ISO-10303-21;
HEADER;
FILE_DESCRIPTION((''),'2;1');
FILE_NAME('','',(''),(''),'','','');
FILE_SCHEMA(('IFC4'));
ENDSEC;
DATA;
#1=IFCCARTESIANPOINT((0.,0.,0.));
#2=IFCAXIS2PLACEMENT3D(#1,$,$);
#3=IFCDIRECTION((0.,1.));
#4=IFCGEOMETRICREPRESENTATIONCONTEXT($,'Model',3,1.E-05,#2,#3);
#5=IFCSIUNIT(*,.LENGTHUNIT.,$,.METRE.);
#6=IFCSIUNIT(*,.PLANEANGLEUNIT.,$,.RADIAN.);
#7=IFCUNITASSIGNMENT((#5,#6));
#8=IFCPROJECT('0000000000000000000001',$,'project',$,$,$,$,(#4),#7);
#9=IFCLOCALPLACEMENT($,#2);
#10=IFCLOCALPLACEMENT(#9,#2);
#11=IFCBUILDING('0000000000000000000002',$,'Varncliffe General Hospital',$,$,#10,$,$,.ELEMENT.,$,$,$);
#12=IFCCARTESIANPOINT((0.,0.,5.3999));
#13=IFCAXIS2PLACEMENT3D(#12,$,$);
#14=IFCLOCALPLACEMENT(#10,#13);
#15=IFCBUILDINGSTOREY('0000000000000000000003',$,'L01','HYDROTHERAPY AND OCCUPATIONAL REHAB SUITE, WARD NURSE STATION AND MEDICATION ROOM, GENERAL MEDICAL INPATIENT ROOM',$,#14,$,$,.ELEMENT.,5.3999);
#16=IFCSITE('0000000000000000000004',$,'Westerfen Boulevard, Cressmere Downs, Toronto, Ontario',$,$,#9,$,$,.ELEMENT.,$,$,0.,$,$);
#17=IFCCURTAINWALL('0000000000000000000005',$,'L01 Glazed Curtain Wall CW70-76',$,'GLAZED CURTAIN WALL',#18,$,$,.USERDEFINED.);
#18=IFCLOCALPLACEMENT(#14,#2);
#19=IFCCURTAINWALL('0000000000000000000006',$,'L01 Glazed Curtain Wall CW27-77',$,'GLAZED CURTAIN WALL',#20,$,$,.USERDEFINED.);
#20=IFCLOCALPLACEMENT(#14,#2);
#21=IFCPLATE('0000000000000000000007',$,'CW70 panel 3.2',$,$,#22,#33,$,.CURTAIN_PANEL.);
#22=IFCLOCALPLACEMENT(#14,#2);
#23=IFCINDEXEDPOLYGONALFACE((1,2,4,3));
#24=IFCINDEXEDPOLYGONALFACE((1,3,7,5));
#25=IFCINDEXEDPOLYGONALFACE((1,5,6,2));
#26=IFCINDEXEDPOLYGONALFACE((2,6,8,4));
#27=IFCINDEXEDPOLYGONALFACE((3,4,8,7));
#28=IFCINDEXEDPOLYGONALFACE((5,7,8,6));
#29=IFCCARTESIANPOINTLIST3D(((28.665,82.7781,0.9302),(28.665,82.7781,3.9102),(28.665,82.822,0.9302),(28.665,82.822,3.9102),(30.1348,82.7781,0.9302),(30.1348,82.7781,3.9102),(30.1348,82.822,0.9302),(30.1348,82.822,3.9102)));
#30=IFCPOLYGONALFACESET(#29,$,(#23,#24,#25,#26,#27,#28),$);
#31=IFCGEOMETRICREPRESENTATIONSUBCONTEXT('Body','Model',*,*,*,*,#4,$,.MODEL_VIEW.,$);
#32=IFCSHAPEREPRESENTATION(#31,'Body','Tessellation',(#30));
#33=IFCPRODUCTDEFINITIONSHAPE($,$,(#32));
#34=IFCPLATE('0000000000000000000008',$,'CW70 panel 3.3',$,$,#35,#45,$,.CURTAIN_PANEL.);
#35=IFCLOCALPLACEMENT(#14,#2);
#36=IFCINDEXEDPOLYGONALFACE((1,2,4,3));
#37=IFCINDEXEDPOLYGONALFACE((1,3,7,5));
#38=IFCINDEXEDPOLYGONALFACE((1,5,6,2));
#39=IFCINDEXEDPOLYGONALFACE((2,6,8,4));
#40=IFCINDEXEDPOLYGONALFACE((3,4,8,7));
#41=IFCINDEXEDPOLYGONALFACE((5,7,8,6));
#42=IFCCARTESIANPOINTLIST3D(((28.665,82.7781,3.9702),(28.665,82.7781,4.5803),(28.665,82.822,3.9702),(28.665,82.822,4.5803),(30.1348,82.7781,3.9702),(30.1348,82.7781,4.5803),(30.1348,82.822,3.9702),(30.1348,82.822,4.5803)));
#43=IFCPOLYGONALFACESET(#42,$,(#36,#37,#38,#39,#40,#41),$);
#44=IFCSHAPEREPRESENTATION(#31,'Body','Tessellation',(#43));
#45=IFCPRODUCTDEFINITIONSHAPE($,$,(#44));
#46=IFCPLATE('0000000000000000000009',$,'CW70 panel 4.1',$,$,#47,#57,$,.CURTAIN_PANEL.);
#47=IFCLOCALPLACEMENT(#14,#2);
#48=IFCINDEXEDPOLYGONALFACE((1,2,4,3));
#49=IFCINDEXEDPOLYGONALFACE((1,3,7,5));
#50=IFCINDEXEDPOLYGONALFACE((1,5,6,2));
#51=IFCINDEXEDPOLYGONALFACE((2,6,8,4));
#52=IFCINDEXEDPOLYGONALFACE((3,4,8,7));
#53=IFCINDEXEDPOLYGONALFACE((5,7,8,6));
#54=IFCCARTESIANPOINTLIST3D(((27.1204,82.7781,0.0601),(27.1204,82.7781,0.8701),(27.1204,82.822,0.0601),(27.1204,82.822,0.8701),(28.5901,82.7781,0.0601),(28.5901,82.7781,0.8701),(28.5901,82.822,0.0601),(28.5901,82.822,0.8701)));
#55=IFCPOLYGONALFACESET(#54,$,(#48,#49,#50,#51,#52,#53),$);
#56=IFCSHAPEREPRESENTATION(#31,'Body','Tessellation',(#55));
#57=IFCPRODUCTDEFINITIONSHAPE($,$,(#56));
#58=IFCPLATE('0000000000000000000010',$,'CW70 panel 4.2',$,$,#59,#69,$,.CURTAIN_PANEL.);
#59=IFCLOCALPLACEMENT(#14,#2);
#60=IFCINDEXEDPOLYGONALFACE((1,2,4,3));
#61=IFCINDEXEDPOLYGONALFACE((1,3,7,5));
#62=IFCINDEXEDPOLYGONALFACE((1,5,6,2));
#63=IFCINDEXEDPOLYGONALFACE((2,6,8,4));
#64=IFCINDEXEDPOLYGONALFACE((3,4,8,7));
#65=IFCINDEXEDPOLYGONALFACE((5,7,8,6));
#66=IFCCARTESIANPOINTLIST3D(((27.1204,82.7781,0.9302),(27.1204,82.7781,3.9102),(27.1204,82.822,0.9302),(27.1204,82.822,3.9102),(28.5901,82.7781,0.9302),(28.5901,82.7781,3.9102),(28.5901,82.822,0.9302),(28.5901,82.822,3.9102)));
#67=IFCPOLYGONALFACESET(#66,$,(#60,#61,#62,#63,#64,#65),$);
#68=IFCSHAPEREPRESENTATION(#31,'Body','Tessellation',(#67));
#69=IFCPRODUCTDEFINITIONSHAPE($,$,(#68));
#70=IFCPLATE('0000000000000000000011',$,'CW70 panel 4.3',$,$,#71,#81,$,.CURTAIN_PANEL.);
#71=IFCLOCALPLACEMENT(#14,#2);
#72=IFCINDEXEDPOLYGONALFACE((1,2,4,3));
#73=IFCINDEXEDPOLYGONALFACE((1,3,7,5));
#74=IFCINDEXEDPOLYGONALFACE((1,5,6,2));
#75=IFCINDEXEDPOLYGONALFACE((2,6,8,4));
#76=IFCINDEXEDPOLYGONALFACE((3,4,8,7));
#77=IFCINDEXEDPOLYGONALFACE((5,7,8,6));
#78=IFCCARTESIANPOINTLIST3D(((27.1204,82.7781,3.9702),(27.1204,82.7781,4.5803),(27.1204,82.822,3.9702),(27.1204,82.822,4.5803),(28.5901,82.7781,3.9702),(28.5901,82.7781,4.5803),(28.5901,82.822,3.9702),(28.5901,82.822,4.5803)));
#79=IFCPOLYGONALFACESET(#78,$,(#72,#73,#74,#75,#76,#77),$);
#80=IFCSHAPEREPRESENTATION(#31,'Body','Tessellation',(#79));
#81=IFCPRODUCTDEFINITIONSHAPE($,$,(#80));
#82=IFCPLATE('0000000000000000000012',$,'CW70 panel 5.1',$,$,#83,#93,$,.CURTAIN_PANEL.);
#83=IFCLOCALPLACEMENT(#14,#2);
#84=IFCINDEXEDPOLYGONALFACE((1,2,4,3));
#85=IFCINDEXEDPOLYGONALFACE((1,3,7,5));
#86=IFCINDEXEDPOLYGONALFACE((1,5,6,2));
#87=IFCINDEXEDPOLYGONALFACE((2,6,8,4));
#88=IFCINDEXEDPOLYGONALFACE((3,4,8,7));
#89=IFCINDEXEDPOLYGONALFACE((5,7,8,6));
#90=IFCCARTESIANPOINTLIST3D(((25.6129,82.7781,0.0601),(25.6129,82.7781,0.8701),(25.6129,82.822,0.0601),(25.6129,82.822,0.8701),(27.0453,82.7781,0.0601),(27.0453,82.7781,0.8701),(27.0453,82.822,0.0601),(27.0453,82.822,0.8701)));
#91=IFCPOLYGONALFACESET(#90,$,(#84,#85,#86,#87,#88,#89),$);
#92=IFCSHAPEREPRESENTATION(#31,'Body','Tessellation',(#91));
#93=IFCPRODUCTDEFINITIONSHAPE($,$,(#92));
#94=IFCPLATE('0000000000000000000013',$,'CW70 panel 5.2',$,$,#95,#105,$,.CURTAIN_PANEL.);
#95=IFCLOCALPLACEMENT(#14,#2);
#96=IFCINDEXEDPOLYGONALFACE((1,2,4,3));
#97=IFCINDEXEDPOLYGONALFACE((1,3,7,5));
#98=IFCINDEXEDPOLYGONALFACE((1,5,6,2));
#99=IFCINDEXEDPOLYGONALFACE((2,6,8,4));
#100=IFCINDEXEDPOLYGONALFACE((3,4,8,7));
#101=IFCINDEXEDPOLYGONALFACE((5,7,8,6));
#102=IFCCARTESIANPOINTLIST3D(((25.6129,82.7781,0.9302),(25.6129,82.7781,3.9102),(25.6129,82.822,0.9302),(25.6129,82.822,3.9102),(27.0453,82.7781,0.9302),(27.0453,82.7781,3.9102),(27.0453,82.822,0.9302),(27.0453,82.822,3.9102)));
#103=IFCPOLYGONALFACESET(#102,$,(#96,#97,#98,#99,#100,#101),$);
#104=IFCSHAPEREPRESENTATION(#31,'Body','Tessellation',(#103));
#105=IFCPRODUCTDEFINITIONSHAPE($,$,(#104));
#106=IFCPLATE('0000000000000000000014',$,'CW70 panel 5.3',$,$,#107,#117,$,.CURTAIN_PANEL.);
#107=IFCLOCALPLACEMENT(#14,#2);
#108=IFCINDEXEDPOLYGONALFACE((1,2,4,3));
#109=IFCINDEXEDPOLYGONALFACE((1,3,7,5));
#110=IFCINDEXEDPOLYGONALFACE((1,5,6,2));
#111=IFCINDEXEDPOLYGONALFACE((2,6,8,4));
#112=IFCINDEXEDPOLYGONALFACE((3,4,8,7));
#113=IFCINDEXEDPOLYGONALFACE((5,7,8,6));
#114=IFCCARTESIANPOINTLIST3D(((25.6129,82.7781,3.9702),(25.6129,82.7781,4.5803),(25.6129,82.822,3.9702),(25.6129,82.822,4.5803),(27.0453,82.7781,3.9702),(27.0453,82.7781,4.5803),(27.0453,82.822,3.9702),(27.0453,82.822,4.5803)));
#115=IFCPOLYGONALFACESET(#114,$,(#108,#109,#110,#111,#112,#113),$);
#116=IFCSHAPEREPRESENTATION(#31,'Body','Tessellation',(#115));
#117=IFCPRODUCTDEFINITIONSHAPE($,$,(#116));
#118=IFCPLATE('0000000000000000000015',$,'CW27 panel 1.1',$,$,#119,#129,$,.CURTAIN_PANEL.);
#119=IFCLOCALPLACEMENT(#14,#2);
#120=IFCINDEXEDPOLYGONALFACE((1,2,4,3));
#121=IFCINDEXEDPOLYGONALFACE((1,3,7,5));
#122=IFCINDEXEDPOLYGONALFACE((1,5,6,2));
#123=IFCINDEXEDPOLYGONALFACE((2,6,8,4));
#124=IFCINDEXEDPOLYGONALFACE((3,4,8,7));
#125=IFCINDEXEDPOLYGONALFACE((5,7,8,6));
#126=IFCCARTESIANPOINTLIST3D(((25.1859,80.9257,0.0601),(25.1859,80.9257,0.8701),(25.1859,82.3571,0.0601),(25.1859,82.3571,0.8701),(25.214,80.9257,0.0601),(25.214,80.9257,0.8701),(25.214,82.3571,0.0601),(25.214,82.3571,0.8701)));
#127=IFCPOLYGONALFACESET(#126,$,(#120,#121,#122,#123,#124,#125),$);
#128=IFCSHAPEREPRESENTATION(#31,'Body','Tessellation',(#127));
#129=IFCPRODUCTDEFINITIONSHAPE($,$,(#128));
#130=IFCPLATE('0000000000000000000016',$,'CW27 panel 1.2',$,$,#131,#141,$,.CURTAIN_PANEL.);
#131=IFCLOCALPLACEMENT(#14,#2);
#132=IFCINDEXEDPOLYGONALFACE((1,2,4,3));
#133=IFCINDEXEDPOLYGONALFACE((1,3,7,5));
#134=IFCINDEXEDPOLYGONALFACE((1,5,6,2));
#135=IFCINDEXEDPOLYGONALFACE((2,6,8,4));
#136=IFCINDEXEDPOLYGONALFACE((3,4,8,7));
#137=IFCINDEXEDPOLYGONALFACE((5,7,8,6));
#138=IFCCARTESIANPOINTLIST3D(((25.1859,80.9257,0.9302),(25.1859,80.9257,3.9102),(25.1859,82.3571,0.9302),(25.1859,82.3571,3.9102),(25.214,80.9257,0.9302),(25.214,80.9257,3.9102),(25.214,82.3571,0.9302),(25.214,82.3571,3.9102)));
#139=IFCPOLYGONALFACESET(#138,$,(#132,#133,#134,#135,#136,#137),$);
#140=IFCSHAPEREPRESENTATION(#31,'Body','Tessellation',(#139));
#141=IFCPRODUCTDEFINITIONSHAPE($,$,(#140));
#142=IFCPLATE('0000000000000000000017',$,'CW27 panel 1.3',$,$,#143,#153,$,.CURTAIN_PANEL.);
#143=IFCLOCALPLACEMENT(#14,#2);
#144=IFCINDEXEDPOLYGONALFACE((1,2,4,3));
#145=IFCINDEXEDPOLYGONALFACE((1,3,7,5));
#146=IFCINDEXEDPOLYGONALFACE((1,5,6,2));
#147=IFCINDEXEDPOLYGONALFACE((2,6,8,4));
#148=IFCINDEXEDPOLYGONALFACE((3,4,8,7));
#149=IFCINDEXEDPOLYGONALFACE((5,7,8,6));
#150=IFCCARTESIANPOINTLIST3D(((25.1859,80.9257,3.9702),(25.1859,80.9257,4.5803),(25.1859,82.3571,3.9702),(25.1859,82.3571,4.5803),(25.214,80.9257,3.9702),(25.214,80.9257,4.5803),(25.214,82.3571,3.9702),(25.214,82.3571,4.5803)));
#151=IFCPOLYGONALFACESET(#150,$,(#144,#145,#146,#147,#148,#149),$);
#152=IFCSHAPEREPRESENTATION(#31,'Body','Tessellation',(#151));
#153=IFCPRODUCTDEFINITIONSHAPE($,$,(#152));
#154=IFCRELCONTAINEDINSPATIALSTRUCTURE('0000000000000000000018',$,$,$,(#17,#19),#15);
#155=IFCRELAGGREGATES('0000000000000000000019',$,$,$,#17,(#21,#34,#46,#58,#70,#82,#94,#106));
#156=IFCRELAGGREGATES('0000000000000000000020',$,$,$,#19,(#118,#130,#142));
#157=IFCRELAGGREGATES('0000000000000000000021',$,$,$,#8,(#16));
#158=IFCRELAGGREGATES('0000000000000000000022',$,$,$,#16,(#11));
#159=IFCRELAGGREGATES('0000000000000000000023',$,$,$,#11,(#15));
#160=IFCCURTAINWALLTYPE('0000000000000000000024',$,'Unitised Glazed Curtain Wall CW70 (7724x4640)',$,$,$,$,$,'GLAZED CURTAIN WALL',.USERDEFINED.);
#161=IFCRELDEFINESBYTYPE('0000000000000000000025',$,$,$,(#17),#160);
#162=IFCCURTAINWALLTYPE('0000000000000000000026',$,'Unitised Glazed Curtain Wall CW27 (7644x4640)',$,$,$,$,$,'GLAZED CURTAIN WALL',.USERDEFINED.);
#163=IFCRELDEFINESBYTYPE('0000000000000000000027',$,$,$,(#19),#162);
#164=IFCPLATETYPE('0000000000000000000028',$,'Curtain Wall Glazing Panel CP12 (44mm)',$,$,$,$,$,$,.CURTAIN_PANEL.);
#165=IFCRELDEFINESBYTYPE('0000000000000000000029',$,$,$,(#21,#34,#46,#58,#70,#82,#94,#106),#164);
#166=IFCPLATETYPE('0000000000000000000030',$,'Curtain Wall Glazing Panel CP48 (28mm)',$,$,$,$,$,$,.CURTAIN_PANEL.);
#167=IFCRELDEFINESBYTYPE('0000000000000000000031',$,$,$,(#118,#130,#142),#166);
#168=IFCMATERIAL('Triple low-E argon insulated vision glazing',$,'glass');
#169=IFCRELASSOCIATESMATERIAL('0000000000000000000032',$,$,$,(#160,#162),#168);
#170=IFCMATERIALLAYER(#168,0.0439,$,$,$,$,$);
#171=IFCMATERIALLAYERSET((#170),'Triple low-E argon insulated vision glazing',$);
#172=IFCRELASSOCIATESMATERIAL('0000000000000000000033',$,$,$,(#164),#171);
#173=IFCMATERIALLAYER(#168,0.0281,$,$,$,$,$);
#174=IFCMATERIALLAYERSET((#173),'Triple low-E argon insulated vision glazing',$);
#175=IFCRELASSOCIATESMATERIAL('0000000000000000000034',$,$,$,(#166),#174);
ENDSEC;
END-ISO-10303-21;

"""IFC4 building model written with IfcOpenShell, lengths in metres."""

from ifc_helpers import new_model, si_unit, direction, frame, origin, origin_2d, place, context, subcontext, project, spatial, rectangle, extrude, material, layer, layer_set, type_object, element, aggregate, save


model = new_model("IFC4")

# Units and contexts
model_context = context("Model", 3, precision=1e-05, world=origin(), true_north=direction((0.0, 1.0)))
body_context = subcontext(model_context, "Body", "Model", "MODEL_VIEW")
ifc_project = project(units=[si_unit("LENGTHUNIT", "METRE"), si_unit("PLANEANGLEUNIT", "RADIAN")], contexts=[model_context])

# Site, building, storey
site_placement = place(None, origin())
site = spatial("IfcSite", under=ifc_project, at=site_placement, Name="Westerfen Boulevard, Cressmere Downs, Toronto, Ontario", CompositionType="ELEMENT", RefElevation=0.0)
building_placement = place(site_placement, origin())
building = spatial("IfcBuilding", under=site, at=building_placement, Name="Varncliffe General Hospital", CompositionType="ELEMENT")
storey_placement = place(building_placement, frame((0.0, 0.0, 5.3999)))
storey = spatial("IfcBuildingStorey", under=building, at=storey_placement, Name="L01", Description="HYDROTHERAPY AND OCCUPATIONAL REHAB SUITE, WARD NURSE STATION AND MEDICATION ROOM, GENERAL MEDICAL INPATIENT ROOM", CompositionType="ELEMENT", Elevation=5.3999)

# Curtain walls
ifc_material_1 = material(Name="Triple low-E argon insulated vision glazing", Category="glass")
curtain_wall_type_1 = type_object("IfcCurtainWallType", Name="Unitised Glazed Curtain Wall CW70 (7724x4640)", ElementType="GLAZED CURTAIN WALL", PredefinedType="USERDEFINED", material=ifc_material_1)
curtain_wall_1_placement = place(storey_placement, origin())
curtain_wall_1 = element("IfcCurtainWall", 1, at=curtain_wall_1_placement, inside=storey, type_object=curtain_wall_type_1, Name="L01 Glazed Curtain Wall CW70-76", ObjectType="GLAZED CURTAIN WALL", PredefinedType="USERDEFINED")
curtain_wall_type_2 = type_object("IfcCurtainWallType", Name="Unitised Glazed Curtain Wall CW27 (7644x4640)", ElementType="GLAZED CURTAIN WALL", PredefinedType="USERDEFINED", material=ifc_material_1)
curtain_wall_2_placement = place(storey_placement, origin())
curtain_wall_2 = element("IfcCurtainWall", 2, at=curtain_wall_2_placement, inside=storey, type_object=curtain_wall_type_2, Name="L01 Glazed Curtain Wall CW27-77", ObjectType="GLAZED CURTAIN WALL", PredefinedType="USERDEFINED")

# Plates
ifc_layer_1 = layer(ifc_material_1, 0.0439)
ifc_layer_set_1 = layer_set([ifc_layer_1], Name="Triple low-E argon insulated vision glazing")
plate_type_1 = type_object("IfcPlateType", Name="Curtain Wall Glazing Panel CP12 (44mm)", PredefinedType="CURTAIN_PANEL", material=ifc_layer_set_1)
plate_1_placement = place(storey_placement, frame((29.3999, 82.8, 0.9302), z_axis=(0.0, 0.0, 1.0), x_axis=(-1.0, 0.0, 0.0)))
plate_1 = element("IfcPlate", 3, at=plate_1_placement, type_object=plate_type_1, Name="CW70 panel 3.2", PredefinedType="CURTAIN_PANEL", context=body_context, shape_type="SweptSolid", body=[
    extrude(rectangle(XDim=1.4697, YDim=0.0439, at=origin_2d()), origin(), (0.0, 0.0, 1.0), 2.98),
])
plate_2_placement = place(storey_placement, frame((29.3999, 82.8, 3.9702), z_axis=(0.0, 0.0, 1.0), x_axis=(-1.0, 0.0, 0.0)))
plate_2 = element("IfcPlate", 4, at=plate_2_placement, type_object=plate_type_1, Name="CW70 panel 3.3", PredefinedType="CURTAIN_PANEL", context=body_context, shape_type="SweptSolid", body=[
    extrude(rectangle(XDim=1.4697, YDim=0.0439, at=origin_2d()), origin(), (0.0, 0.0, 1.0), 0.6101),
])
plate_3_placement = place(storey_placement, frame((27.8552, 82.8, 0.0601), z_axis=(0.0, 0.0, 1.0), x_axis=(-1.0, 0.0, 0.0)))
plate_3 = element("IfcPlate", 5, at=plate_3_placement, type_object=plate_type_1, Name="CW70 panel 4.1", PredefinedType="CURTAIN_PANEL", context=body_context, shape_type="SweptSolid", body=[
    extrude(rectangle(XDim=1.4697, YDim=0.0439, at=origin_2d()), origin(), (0.0, 0.0, 1.0), 0.8101),
])
plate_4_placement = place(storey_placement, frame((27.8552, 82.8, 0.9302), z_axis=(0.0, 0.0, 1.0), x_axis=(-1.0, 0.0, 0.0)))
plate_4 = element("IfcPlate", 6, at=plate_4_placement, type_object=plate_type_1, Name="CW70 panel 4.2", PredefinedType="CURTAIN_PANEL", context=body_context, shape_type="SweptSolid", body=[
    extrude(rectangle(XDim=1.4697, YDim=0.0439, at=origin_2d()), origin(), (0.0, 0.0, 1.0), 2.98),
])
plate_5_placement = place(storey_placement, frame((27.8552, 82.8, 3.9702), z_axis=(0.0, 0.0, 1.0), x_axis=(-1.0, 0.0, 0.0)))
plate_5 = element("IfcPlate", 7, at=plate_5_placement, type_object=plate_type_1, Name="CW70 panel 4.3", PredefinedType="CURTAIN_PANEL", context=body_context, shape_type="SweptSolid", body=[
    extrude(rectangle(XDim=1.4697, YDim=0.0439, at=origin_2d()), origin(), (0.0, 0.0, 1.0), 0.6101),
])
plate_6_placement = place(storey_placement, frame((26.3291, 82.8, 0.0601), z_axis=(0.0, 0.0, 1.0), x_axis=(-1.0, 0.0, 0.0)))
plate_6 = element("IfcPlate", 8, at=plate_6_placement, type_object=plate_type_1, Name="CW70 panel 5.1", PredefinedType="CURTAIN_PANEL", context=body_context, shape_type="SweptSolid", body=[
    extrude(rectangle(XDim=1.4324, YDim=0.0439, at=origin_2d()), origin(), (0.0, 0.0, 1.0), 0.8101),
])
plate_7_placement = place(storey_placement, frame((26.3291, 82.8, 0.9302), z_axis=(0.0, 0.0, 1.0), x_axis=(-1.0, 0.0, 0.0)))
plate_7 = element("IfcPlate", 9, at=plate_7_placement, type_object=plate_type_1, Name="CW70 panel 5.2", PredefinedType="CURTAIN_PANEL", context=body_context, shape_type="SweptSolid", body=[
    extrude(rectangle(XDim=1.4324, YDim=0.0439, at=origin_2d()), origin(), (0.0, 0.0, 1.0), 2.98),
])
plate_8_placement = place(storey_placement, frame((26.3291, 82.8, 3.9702), z_axis=(0.0, 0.0, 1.0), x_axis=(-1.0, 0.0, 0.0)))
plate_8 = element("IfcPlate", 10, at=plate_8_placement, type_object=plate_type_1, Name="CW70 panel 5.3", PredefinedType="CURTAIN_PANEL", context=body_context, shape_type="SweptSolid", body=[
    extrude(rectangle(XDim=1.4324, YDim=0.0439, at=origin_2d()), origin(), (0.0, 0.0, 1.0), 0.6101),
])
aggregate(curtain_wall_1, [plate_1, plate_2, plate_3, plate_4, plate_5, plate_6, plate_7, plate_8])
ifc_layer_2 = layer(ifc_material_1, 0.0281)
ifc_layer_set_2 = layer_set([ifc_layer_2], Name="Triple low-E argon insulated vision glazing")
plate_type_2 = type_object("IfcPlateType", Name="Curtain Wall Glazing Panel CP48 (28mm)", PredefinedType="CURTAIN_PANEL", material=ifc_layer_set_2)
plate_9_placement = place(storey_placement, frame((25.2, 81.6414, 0.0601), z_axis=(0.0, 0.0, 1.0), x_axis=(0.0, -1.0, 0.0)))
plate_9 = element("IfcPlate", 11, at=plate_9_placement, type_object=plate_type_2, Name="CW27 panel 1.1", PredefinedType="CURTAIN_PANEL", context=body_context, shape_type="SweptSolid", body=[
    extrude(rectangle(XDim=1.4314, YDim=0.0281, at=origin_2d()), origin(), (0.0, 0.0, 1.0), 0.8101),
])
plate_10_placement = place(storey_placement, frame((25.2, 81.6414, 0.9302), z_axis=(0.0, 0.0, 1.0), x_axis=(0.0, -1.0, 0.0)))
plate_10 = element("IfcPlate", 12, at=plate_10_placement, type_object=plate_type_2, Name="CW27 panel 1.2", PredefinedType="CURTAIN_PANEL", context=body_context, shape_type="SweptSolid", body=[
    extrude(rectangle(XDim=1.4314, YDim=0.0281, at=origin_2d()), origin(), (0.0, 0.0, 1.0), 2.98),
])
plate_11_placement = place(storey_placement, frame((25.2, 81.6414, 3.9702), z_axis=(0.0, 0.0, 1.0), x_axis=(0.0, -1.0, 0.0)))
plate_11 = element("IfcPlate", 13, at=plate_11_placement, type_object=plate_type_2, Name="CW27 panel 1.3", PredefinedType="CURTAIN_PANEL", context=body_context, shape_type="SweptSolid", body=[
    extrude(rectangle(XDim=1.4314, YDim=0.0281, at=origin_2d()), origin(), (0.0, 0.0, 1.0), 0.6101),
])
aggregate(curtain_wall_2, [plate_9, plate_10, plate_11])

save(model, "model.ifc")
